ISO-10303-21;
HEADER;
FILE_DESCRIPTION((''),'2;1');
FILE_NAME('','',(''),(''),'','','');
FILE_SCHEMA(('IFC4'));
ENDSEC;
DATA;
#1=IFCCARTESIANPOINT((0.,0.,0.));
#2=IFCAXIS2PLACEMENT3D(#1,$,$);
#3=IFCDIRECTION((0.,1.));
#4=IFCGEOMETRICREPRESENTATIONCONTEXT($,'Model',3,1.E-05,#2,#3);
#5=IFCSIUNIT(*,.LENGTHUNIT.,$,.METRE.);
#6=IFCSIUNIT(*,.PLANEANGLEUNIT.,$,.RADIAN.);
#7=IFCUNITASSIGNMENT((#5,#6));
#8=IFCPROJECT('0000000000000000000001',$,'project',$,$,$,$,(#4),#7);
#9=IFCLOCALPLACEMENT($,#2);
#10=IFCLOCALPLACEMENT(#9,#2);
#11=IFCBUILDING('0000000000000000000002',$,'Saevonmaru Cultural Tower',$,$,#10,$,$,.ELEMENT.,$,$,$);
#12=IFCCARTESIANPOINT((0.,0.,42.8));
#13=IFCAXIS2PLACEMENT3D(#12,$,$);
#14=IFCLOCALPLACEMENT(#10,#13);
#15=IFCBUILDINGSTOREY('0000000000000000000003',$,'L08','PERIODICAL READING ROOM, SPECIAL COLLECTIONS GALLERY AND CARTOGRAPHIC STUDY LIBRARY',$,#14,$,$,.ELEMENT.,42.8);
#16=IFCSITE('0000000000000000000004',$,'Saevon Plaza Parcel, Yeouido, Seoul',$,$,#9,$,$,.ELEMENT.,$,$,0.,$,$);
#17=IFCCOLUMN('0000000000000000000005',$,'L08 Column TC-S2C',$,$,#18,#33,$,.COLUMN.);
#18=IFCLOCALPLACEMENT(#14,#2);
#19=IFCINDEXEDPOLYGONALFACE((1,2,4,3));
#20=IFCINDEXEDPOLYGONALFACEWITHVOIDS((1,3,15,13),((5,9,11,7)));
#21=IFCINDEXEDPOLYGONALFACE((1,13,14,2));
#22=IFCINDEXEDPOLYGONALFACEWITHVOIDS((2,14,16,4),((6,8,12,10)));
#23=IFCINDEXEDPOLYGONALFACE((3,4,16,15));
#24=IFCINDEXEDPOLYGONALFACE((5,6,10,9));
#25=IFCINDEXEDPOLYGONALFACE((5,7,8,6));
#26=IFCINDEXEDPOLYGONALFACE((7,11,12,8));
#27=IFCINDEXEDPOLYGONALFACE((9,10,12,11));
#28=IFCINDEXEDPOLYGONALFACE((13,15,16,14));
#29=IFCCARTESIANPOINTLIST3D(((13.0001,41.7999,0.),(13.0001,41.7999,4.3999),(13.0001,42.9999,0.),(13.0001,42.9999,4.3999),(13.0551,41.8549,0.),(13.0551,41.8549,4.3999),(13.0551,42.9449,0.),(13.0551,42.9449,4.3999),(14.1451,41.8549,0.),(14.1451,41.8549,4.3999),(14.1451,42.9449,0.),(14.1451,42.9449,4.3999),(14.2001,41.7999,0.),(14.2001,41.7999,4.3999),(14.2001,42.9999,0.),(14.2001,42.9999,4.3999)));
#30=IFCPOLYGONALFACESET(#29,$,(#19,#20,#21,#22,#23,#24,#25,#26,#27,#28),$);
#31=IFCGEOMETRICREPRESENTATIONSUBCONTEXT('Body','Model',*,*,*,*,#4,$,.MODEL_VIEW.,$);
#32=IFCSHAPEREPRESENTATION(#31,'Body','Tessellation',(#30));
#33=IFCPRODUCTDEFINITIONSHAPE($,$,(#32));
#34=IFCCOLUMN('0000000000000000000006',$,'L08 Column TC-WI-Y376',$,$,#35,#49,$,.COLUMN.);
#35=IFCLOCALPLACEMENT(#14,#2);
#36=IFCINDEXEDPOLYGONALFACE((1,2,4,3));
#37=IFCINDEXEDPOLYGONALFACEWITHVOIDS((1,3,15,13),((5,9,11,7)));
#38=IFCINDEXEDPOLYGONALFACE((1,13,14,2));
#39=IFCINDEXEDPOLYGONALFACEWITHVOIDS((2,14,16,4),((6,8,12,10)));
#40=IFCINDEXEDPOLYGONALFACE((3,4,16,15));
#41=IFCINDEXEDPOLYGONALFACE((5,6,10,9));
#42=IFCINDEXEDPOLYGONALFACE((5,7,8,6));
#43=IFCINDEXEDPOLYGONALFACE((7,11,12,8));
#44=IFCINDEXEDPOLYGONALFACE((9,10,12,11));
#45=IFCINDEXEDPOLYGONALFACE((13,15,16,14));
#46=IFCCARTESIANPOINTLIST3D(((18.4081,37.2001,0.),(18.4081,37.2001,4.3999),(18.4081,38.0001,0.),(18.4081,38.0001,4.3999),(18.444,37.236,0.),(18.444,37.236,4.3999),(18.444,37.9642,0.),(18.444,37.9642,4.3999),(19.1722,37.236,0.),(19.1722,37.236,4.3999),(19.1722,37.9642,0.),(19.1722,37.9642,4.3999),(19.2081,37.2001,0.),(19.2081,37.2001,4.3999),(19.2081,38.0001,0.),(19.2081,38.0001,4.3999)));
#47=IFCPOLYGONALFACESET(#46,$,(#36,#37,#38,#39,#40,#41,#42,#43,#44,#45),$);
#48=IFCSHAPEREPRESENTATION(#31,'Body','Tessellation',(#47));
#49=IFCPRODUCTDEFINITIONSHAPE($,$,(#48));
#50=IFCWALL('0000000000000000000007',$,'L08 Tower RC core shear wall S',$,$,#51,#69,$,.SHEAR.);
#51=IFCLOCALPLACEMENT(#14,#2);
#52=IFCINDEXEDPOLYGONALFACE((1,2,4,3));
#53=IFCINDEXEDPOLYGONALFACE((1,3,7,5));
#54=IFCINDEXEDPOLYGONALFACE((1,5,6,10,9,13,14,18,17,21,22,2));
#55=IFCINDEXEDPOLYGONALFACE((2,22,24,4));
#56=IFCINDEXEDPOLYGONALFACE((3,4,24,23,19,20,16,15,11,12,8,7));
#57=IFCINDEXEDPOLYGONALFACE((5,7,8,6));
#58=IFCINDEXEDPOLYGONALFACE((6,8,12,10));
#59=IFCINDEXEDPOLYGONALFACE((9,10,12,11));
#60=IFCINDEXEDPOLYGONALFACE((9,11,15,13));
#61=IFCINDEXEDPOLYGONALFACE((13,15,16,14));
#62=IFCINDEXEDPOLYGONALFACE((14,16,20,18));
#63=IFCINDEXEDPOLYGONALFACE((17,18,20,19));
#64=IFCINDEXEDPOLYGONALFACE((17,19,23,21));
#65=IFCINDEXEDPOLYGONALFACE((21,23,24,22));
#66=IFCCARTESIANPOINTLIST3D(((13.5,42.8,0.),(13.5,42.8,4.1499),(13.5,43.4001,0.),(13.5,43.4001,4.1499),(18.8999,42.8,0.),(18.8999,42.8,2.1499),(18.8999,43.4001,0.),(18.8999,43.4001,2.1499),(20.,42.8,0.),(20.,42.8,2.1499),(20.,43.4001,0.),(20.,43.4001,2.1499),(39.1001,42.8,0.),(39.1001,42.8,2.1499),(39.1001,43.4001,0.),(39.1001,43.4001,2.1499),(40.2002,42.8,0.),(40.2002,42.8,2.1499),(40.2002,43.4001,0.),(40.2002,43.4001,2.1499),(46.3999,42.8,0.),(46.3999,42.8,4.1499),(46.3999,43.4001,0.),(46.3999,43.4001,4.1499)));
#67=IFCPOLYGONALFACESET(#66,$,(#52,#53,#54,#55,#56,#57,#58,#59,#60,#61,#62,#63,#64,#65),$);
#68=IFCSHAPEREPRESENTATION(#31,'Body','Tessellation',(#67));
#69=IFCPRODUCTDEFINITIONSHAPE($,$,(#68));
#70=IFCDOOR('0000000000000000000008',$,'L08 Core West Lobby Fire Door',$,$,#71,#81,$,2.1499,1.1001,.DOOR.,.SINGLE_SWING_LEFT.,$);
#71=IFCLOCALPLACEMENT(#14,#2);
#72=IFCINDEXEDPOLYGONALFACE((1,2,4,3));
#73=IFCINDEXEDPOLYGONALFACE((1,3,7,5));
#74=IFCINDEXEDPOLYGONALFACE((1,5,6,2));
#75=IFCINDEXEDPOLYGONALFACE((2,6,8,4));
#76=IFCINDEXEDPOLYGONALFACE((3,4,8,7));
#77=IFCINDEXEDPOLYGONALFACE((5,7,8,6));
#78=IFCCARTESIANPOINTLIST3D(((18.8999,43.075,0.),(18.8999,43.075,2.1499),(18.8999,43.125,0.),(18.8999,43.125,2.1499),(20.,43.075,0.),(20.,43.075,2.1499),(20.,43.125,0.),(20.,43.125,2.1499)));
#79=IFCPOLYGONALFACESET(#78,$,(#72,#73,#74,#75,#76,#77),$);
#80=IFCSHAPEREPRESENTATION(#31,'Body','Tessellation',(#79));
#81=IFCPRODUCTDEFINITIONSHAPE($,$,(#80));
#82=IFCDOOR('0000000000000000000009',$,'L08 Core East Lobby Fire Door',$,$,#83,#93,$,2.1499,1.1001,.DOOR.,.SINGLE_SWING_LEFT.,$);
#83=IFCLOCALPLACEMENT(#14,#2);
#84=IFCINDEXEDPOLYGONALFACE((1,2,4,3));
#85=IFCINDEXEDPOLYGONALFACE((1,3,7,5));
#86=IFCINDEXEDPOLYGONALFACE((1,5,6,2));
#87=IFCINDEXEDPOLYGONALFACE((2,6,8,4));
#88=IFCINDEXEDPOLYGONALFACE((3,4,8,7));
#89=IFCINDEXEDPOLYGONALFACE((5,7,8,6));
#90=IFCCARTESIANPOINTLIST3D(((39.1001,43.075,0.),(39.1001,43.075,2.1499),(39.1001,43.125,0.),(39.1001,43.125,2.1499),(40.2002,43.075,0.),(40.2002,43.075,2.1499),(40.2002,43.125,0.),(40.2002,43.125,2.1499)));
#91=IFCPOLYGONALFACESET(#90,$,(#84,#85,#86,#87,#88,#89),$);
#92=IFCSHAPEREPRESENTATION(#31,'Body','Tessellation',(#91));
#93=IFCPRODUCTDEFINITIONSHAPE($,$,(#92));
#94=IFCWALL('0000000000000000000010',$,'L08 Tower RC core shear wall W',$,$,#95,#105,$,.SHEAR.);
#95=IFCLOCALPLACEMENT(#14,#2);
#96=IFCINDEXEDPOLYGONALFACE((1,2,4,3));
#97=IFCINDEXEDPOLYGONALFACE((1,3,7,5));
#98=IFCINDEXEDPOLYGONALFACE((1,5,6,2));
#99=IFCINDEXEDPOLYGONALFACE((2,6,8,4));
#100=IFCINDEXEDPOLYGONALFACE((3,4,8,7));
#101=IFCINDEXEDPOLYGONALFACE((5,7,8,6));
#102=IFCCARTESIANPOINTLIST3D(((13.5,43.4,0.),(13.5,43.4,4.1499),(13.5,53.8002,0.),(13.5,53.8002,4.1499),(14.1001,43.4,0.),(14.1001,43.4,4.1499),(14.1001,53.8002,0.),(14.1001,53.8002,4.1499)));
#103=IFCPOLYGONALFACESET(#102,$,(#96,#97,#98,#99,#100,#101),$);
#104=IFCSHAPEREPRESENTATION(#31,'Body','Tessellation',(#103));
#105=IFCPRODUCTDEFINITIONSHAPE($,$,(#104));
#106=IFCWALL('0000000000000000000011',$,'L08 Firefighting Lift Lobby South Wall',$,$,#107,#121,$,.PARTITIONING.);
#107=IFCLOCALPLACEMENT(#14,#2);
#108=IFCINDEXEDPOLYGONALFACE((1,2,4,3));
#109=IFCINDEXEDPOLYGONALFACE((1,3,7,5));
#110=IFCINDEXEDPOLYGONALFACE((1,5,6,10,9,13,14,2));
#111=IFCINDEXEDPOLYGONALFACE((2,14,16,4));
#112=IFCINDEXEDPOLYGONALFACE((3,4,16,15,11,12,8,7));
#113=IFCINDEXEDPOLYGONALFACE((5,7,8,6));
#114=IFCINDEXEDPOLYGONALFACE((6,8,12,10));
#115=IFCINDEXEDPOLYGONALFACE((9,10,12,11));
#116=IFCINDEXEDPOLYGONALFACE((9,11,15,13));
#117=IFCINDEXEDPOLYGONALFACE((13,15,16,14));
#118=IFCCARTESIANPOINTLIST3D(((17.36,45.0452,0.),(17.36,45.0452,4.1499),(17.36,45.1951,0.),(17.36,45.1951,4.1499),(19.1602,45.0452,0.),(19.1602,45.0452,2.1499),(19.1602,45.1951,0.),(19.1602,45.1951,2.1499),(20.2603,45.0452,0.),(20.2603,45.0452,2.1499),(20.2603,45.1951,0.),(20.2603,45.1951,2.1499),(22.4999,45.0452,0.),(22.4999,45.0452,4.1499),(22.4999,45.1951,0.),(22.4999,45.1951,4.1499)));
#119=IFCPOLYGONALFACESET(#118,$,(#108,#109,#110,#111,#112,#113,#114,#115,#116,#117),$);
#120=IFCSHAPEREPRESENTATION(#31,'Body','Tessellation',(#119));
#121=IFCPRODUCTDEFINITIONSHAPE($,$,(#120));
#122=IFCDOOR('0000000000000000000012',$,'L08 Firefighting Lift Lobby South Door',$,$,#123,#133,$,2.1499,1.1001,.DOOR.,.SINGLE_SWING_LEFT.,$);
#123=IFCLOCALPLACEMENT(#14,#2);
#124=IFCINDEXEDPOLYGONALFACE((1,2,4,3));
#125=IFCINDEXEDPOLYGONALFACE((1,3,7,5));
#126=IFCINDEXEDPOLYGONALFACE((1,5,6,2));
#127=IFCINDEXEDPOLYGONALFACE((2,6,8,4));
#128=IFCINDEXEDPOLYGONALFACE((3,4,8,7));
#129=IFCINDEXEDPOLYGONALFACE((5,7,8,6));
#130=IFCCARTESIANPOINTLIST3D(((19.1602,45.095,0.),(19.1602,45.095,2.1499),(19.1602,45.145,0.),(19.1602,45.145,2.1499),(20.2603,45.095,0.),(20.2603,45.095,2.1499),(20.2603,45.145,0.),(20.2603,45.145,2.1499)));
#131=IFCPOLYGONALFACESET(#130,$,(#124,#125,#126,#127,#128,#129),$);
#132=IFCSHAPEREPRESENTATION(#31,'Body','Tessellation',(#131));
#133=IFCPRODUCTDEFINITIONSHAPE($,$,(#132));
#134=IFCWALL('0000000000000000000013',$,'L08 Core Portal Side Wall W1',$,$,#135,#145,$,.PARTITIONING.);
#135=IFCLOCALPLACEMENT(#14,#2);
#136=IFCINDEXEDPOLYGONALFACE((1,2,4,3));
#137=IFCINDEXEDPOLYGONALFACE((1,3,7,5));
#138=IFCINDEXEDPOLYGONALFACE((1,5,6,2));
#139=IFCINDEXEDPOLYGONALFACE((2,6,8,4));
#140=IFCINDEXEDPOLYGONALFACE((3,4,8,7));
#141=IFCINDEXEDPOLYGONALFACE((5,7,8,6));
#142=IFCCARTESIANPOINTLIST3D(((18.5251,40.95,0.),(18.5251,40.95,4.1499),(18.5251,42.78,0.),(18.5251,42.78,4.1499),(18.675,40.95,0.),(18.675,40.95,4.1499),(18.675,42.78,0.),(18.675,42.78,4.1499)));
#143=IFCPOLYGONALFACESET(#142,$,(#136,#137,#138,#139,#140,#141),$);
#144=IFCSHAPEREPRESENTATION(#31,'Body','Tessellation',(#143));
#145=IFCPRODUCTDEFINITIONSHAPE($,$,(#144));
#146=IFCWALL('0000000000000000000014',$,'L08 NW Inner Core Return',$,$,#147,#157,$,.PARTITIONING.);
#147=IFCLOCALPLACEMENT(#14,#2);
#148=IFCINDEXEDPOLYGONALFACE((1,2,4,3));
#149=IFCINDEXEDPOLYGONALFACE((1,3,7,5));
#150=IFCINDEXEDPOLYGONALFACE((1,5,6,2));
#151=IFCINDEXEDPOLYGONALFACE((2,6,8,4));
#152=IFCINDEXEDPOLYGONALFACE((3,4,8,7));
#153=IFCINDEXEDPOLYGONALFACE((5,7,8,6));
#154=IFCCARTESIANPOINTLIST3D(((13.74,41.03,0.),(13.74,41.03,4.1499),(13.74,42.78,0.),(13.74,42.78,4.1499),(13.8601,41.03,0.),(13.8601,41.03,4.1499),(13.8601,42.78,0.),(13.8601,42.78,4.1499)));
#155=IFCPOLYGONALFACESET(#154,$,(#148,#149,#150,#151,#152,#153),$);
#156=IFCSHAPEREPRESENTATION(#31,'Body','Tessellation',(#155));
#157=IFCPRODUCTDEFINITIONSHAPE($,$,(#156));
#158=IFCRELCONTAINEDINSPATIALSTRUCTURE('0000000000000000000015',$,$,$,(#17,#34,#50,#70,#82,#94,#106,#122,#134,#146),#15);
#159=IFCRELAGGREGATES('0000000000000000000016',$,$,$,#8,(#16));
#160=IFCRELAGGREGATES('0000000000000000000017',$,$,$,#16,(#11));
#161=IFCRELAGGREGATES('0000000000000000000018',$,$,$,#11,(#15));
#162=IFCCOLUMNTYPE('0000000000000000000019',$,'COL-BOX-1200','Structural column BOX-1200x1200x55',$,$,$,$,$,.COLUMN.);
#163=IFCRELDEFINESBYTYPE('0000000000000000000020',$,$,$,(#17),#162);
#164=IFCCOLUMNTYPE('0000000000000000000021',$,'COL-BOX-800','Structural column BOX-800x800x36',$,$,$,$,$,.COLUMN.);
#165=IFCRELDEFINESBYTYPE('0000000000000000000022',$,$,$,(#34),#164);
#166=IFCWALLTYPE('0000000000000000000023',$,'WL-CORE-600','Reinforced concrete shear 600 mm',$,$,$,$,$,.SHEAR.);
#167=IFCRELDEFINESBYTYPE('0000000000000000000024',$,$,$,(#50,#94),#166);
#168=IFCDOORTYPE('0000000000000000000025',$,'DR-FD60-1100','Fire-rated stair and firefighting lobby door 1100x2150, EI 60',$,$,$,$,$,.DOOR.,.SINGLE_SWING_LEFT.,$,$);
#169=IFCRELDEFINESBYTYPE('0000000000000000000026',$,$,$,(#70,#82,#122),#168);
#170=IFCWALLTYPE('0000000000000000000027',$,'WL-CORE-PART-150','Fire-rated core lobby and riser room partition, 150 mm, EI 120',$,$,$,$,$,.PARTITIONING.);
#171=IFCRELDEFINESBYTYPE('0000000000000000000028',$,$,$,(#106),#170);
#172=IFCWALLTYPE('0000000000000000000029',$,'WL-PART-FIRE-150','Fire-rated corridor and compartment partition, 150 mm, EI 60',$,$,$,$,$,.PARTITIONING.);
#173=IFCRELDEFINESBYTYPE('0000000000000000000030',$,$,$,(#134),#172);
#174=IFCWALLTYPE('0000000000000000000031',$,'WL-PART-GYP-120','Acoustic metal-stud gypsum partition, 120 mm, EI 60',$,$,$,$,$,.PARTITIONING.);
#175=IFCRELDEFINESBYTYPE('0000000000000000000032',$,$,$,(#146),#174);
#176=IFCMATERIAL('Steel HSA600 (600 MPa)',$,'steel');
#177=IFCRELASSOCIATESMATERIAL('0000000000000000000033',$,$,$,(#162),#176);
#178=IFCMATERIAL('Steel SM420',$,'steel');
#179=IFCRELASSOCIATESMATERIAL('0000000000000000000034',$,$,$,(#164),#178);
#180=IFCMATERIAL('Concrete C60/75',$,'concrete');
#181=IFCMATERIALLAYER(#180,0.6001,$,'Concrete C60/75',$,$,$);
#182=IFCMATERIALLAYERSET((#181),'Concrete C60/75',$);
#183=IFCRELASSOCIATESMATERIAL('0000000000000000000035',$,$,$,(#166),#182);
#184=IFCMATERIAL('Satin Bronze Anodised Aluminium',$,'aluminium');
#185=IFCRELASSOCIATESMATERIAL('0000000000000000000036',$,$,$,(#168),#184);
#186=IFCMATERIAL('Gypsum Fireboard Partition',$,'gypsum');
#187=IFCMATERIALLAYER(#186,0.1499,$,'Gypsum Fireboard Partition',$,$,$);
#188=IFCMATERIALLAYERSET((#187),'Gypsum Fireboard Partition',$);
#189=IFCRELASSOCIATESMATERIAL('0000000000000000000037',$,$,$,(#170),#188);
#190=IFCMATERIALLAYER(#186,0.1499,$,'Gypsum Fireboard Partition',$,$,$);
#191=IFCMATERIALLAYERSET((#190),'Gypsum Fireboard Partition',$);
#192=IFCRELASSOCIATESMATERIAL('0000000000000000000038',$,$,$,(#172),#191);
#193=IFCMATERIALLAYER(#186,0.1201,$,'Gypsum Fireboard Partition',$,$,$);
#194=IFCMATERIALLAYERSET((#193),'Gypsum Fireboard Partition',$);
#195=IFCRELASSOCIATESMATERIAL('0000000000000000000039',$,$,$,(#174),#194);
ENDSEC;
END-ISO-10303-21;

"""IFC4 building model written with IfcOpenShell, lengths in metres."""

from ifc_helpers import new_model, si_unit, direction, frame, frame_2d, origin, origin_2d, place, context, subcontext, project, spatial, rectangle, hollow_rectangle, extrude, material, layer, layer_set, material_profile, profile_set, type_object, element, fill, save


model = new_model("IFC4")

# Units and contexts
model_context = context("Model", 3, precision=1e-05, world=origin(), true_north=direction((0.0, 1.0)))
body_context = subcontext(model_context, "Body", "Model", "MODEL_VIEW")
ifc_project = project(units=[si_unit("LENGTHUNIT", "METRE"), si_unit("PLANEANGLEUNIT", "RADIAN")], contexts=[model_context])

# Site, building, storey
site_placement = place(None, origin())
site = spatial("IfcSite", under=ifc_project, at=site_placement, Name="Saevon Plaza Parcel, Yeouido, Seoul", CompositionType="ELEMENT", RefElevation=0.0)
building_placement = place(site_placement, origin())
building = spatial("IfcBuilding", under=site, at=building_placement, Name="Saevonmaru Cultural Tower", CompositionType="ELEMENT")
storey_placement = place(building_placement, frame((0.0, 0.0, 42.8)))
storey = spatial("IfcBuildingStorey", under=building, at=storey_placement, Name="L08", Description="PERIODICAL READING ROOM, SPECIAL COLLECTIONS GALLERY AND CARTOGRAPHIC STUDY LIBRARY", CompositionType="ELEMENT", Elevation=42.8)

# Columns
ifc_material_1 = material(Name="Steel HSA600 (600 MPa)", Category="steel")
ifc_material_profile_1 = material_profile(ifc_material_1, hollow_rectangle(XDim=1.2, YDim=1.2, WallThickness=0.0549, at=origin_2d()), Name="BOX-1200x1200x55")
ifc_profile_set_1 = profile_set([ifc_material_profile_1], Name="Steel HSA600 (600 MPa)")
column_type_1 = type_object("IfcColumnType", Name="COL-BOX-1200", Description="Structural column BOX-1200x1200x55", PredefinedType="COLUMN", material=ifc_profile_set_1)
column_1_placement = place(storey_placement, frame((13.6001, 42.3999, 0.0), z_axis=(0.0, 0.0, 1.0), x_axis=(1.0, 0.0, 0.0)))
element("IfcColumn", 1, at=column_1_placement, inside=storey, type_object=column_type_1, Name="L08 Column TC-S2C", PredefinedType="COLUMN", context=body_context, shape_type="SweptSolid", body=[
    extrude(hollow_rectangle(XDim=1.2, YDim=1.2, WallThickness=0.0549, at=origin_2d()), origin(), (0.0, 0.0, 1.0), 4.3999),
])
ifc_material_2 = material(Name="Steel SM420", Category="steel")
ifc_material_profile_2 = material_profile(ifc_material_2, hollow_rectangle(XDim=0.8, YDim=0.8, WallThickness=0.0359, at=origin_2d()), Name="BOX-800x800x36")
ifc_profile_set_2 = profile_set([ifc_material_profile_2], Name="Steel SM420")
column_type_2 = type_object("IfcColumnType", Name="COL-BOX-800", Description="Structural column BOX-800x800x36", PredefinedType="COLUMN", material=ifc_profile_set_2)
column_2_placement = place(storey_placement, frame((18.8081, 37.6001, 0.0), z_axis=(0.0, 0.0, 1.0), x_axis=(1.0, 0.0, 0.0)))
element("IfcColumn", 2, at=column_2_placement, inside=storey, type_object=column_type_2, Name="L08 Column TC-WI-Y376", PredefinedType="COLUMN", context=body_context, shape_type="SweptSolid", body=[
    extrude(hollow_rectangle(XDim=0.8, YDim=0.8, WallThickness=0.0359, at=origin_2d()), origin(), (0.0, 0.0, 1.0), 4.3999),
])

# Wall, openings, doors
ifc_material_3 = material(Name="Concrete C60/75", Category="concrete")
ifc_layer_1 = layer(ifc_material_3, 0.6001, Name="Concrete C60/75")
ifc_layer_set_1 = layer_set([ifc_layer_1], Name="Concrete C60/75")
wall_type_1 = type_object("IfcWallType", Name="WL-CORE-600", Description="Reinforced concrete shear 600 mm", PredefinedType="SHEAR", material=ifc_layer_set_1)
wall_1_placement = place(storey_placement, frame((13.5, 43.1001, 0.0), z_axis=(0.0, 0.0, 1.0), x_axis=(1.0, 0.0, 0.0)))
wall_1 = element("IfcWall", 3, at=wall_1_placement, inside=storey, type_object=wall_type_1, Name="L08 Tower RC core shear wall S", PredefinedType="SHEAR", context=body_context, shape_type="SweptSolid", body=[
    extrude(rectangle(XDim=32.8999, YDim=0.6001, at=frame_2d((16.45, 0.0))), origin(), (0.0, 0.0, 1.0), 4.1499),
])
opening_1_placement = place(wall_1_placement, frame((5.3999, 0.0, 0.0)))
opening_1 = element("IfcOpeningElement", 4, at=opening_1_placement, cuts=wall_1, PredefinedType="OPENING", context=body_context, shape_type="SweptSolid", body=[
    extrude(rectangle(XDim=1.1001, YDim=2.1499, at=frame_2d((0.55, 1.075))), frame((0.0, 0.3101, 0.0), z_axis=(0.0, -1.0, 0.0), x_axis=(1.0, 0.0, 0.0)), (0.0, 0.0, 1.0), 0.6201),
])
opening_2_placement = place(wall_1_placement, frame((25.6001, 0.0, 0.0)))
opening_2 = element("IfcOpeningElement", 5, at=opening_2_placement, cuts=wall_1, PredefinedType="OPENING", context=body_context, shape_type="SweptSolid", body=[
    extrude(rectangle(XDim=1.1001, YDim=2.1499, at=frame_2d((0.55, 1.075))), frame((0.0, 0.3101, 0.0), z_axis=(0.0, -1.0, 0.0), x_axis=(1.0, 0.0, 0.0)), (0.0, 0.0, 1.0), 0.6201),
])
ifc_material_4 = material(Name="Satin Bronze Anodised Aluminium", Category="aluminium")
door_type_1 = type_object("IfcDoorType", Name="DR-FD60-1100", Description="Fire-rated stair and firefighting lobby door 1100x2150, EI 60", OperationType="SINGLE_SWING_LEFT", PredefinedType="DOOR", material=ifc_material_4)
door_1_placement = place(opening_1_placement, origin())
door_1 = element("IfcDoor", 6, at=door_1_placement, inside=storey, type_object=door_type_1, Name="L08 Core West Lobby Fire Door", OperationType="SINGLE_SWING_LEFT", OverallHeight=2.1499, OverallWidth=1.1001, PredefinedType="DOOR", context=body_context, shape_type="SweptSolid", body=[
    extrude(rectangle(XDim=1.1001, YDim=2.1499, at=frame_2d((0.55, 1.075))), frame((0.0, 0.0249, 0.0), z_axis=(0.0, -1.0, 0.0), x_axis=(1.0, 0.0, 0.0)), (0.0, 0.0, 1.0), 0.05),
])
fill(opening_1, door_1)
door_2_placement = place(opening_2_placement, origin())
door_2 = element("IfcDoor", 7, at=door_2_placement, inside=storey, type_object=door_type_1, Name="L08 Core East Lobby Fire Door", OperationType="SINGLE_SWING_LEFT", OverallHeight=2.1499, OverallWidth=1.1001, PredefinedType="DOOR", context=body_context, shape_type="SweptSolid", body=[
    extrude(rectangle(XDim=1.1001, YDim=2.1499, at=frame_2d((0.55, 1.075))), frame((0.0, 0.0249, 0.0), z_axis=(0.0, -1.0, 0.0), x_axis=(1.0, 0.0, 0.0)), (0.0, 0.0, 1.0), 0.05),
])
fill(opening_2, door_2)

# Wall
wall_2_placement = place(storey_placement, frame((13.8, 43.3999, 0.0), z_axis=(0.0, 0.0, 1.0), x_axis=(0.0, 1.0, 0.0)))
element("IfcWall", 8, at=wall_2_placement, inside=storey, type_object=wall_type_1, Name="L08 Tower RC core shear wall W", PredefinedType="SHEAR", context=body_context, shape_type="SweptSolid", body=[
    extrude(rectangle(XDim=10.4001, YDim=0.6001, at=frame_2d((5.2002, 0.0))), origin(), (0.0, 0.0, 1.0), 4.1499),
])

# Wall, opening, door
ifc_material_5 = material(Name="Gypsum Fireboard Partition", Category="gypsum")
ifc_layer_2 = layer(ifc_material_5, 0.1499, Name="Gypsum Fireboard Partition")
ifc_layer_set_2 = layer_set([ifc_layer_2], Name="Gypsum Fireboard Partition")
wall_type_2 = type_object("IfcWallType", Name="WL-CORE-PART-150", Description="Fire-rated core lobby and riser room partition, 150 mm, EI 120", PredefinedType="PARTITIONING", material=ifc_layer_set_2)
wall_3_placement = place(storey_placement, frame((17.3601, 45.1201, 0.0), z_axis=(0.0, 0.0, 1.0), x_axis=(1.0, 0.0, 0.0)))
wall_3 = element("IfcWall", 9, at=wall_3_placement, inside=storey, type_object=wall_type_2, Name="L08 Firefighting Lift Lobby South Wall", PredefinedType="PARTITIONING", context=body_context, shape_type="SweptSolid", body=[
    extrude(rectangle(XDim=5.1399, YDim=0.1499, at=frame_2d((2.5698, 0.0))), origin(), (0.0, 0.0, 1.0), 4.1499),
])
opening_3_placement = place(wall_3_placement, frame((1.8, 0.0, 0.0)))
opening_3 = element("IfcOpeningElement", 10, at=opening_3_placement, cuts=wall_3, PredefinedType="OPENING", context=body_context, shape_type="SweptSolid", body=[
    extrude(rectangle(XDim=1.1001, YDim=2.1499, at=frame_2d((0.55, 1.075))), frame((0.0, 0.085, 0.0), z_axis=(0.0, -1.0, 0.0), x_axis=(1.0, 0.0, 0.0)), (0.0, 0.0, 1.0), 0.1699),
])
door_3_placement = place(opening_3_placement, origin())
door_3 = element("IfcDoor", 11, at=door_3_placement, inside=storey, type_object=door_type_1, Name="L08 Firefighting Lift Lobby South Door", OperationType="SINGLE_SWING_LEFT", OverallHeight=2.1499, OverallWidth=1.1001, PredefinedType="DOOR", context=body_context, shape_type="SweptSolid", body=[
    extrude(rectangle(XDim=1.1001, YDim=2.1499, at=frame_2d((0.55, 1.075))), frame((0.0, 0.0249, 0.0), z_axis=(0.0, -1.0, 0.0), x_axis=(1.0, 0.0, 0.0)), (0.0, 0.0, 1.0), 0.05),
])
fill(opening_3, door_3)

# Walls
ifc_layer_3 = layer(ifc_material_5, 0.1499, Name="Gypsum Fireboard Partition")
ifc_layer_set_3 = layer_set([ifc_layer_3], Name="Gypsum Fireboard Partition")
wall_type_3 = type_object("IfcWallType", Name="WL-PART-FIRE-150", Description="Fire-rated corridor and compartment partition, 150 mm, EI 60", PredefinedType="PARTITIONING", material=ifc_layer_set_3)
wall_4_placement = place(storey_placement, frame((18.6001, 40.95, 0.0), z_axis=(0.0, 0.0, 1.0), x_axis=(0.0, 1.0, 0.0)))
element("IfcWall", 12, at=wall_4_placement, inside=storey, type_object=wall_type_3, Name="L08 Core Portal Side Wall W1", PredefinedType="PARTITIONING", context=body_context, shape_type="SweptSolid", body=[
    extrude(rectangle(XDim=1.8301, YDim=0.1499, at=frame_2d((0.915, 0.0))), origin(), (0.0, 0.0, 1.0), 4.1499),
])
ifc_layer_4 = layer(ifc_material_5, 0.1201, Name="Gypsum Fireboard Partition")
ifc_layer_set_4 = layer_set([ifc_layer_4], Name="Gypsum Fireboard Partition")
wall_type_4 = type_object("IfcWallType", Name="WL-PART-GYP-120", Description="Acoustic metal-stud gypsum partition, 120 mm, EI 60", PredefinedType="PARTITIONING", material=ifc_layer_set_4)
wall_5_placement = place(storey_placement, frame((13.8, 41.03, 0.0), z_axis=(0.0, 0.0, 1.0), x_axis=(0.0, 1.0, 0.0)))
element("IfcWall", 13, at=wall_5_placement, inside=storey, type_object=wall_type_4, Name="L08 NW Inner Core Return", PredefinedType="PARTITIONING", context=body_context, shape_type="SweptSolid", body=[
    extrude(rectangle(XDim=1.75, YDim=0.1201, at=frame_2d((0.875, 0.0))), origin(), (0.0, 0.0, 1.0), 4.1499),
])

save(model, "model.ifc")
